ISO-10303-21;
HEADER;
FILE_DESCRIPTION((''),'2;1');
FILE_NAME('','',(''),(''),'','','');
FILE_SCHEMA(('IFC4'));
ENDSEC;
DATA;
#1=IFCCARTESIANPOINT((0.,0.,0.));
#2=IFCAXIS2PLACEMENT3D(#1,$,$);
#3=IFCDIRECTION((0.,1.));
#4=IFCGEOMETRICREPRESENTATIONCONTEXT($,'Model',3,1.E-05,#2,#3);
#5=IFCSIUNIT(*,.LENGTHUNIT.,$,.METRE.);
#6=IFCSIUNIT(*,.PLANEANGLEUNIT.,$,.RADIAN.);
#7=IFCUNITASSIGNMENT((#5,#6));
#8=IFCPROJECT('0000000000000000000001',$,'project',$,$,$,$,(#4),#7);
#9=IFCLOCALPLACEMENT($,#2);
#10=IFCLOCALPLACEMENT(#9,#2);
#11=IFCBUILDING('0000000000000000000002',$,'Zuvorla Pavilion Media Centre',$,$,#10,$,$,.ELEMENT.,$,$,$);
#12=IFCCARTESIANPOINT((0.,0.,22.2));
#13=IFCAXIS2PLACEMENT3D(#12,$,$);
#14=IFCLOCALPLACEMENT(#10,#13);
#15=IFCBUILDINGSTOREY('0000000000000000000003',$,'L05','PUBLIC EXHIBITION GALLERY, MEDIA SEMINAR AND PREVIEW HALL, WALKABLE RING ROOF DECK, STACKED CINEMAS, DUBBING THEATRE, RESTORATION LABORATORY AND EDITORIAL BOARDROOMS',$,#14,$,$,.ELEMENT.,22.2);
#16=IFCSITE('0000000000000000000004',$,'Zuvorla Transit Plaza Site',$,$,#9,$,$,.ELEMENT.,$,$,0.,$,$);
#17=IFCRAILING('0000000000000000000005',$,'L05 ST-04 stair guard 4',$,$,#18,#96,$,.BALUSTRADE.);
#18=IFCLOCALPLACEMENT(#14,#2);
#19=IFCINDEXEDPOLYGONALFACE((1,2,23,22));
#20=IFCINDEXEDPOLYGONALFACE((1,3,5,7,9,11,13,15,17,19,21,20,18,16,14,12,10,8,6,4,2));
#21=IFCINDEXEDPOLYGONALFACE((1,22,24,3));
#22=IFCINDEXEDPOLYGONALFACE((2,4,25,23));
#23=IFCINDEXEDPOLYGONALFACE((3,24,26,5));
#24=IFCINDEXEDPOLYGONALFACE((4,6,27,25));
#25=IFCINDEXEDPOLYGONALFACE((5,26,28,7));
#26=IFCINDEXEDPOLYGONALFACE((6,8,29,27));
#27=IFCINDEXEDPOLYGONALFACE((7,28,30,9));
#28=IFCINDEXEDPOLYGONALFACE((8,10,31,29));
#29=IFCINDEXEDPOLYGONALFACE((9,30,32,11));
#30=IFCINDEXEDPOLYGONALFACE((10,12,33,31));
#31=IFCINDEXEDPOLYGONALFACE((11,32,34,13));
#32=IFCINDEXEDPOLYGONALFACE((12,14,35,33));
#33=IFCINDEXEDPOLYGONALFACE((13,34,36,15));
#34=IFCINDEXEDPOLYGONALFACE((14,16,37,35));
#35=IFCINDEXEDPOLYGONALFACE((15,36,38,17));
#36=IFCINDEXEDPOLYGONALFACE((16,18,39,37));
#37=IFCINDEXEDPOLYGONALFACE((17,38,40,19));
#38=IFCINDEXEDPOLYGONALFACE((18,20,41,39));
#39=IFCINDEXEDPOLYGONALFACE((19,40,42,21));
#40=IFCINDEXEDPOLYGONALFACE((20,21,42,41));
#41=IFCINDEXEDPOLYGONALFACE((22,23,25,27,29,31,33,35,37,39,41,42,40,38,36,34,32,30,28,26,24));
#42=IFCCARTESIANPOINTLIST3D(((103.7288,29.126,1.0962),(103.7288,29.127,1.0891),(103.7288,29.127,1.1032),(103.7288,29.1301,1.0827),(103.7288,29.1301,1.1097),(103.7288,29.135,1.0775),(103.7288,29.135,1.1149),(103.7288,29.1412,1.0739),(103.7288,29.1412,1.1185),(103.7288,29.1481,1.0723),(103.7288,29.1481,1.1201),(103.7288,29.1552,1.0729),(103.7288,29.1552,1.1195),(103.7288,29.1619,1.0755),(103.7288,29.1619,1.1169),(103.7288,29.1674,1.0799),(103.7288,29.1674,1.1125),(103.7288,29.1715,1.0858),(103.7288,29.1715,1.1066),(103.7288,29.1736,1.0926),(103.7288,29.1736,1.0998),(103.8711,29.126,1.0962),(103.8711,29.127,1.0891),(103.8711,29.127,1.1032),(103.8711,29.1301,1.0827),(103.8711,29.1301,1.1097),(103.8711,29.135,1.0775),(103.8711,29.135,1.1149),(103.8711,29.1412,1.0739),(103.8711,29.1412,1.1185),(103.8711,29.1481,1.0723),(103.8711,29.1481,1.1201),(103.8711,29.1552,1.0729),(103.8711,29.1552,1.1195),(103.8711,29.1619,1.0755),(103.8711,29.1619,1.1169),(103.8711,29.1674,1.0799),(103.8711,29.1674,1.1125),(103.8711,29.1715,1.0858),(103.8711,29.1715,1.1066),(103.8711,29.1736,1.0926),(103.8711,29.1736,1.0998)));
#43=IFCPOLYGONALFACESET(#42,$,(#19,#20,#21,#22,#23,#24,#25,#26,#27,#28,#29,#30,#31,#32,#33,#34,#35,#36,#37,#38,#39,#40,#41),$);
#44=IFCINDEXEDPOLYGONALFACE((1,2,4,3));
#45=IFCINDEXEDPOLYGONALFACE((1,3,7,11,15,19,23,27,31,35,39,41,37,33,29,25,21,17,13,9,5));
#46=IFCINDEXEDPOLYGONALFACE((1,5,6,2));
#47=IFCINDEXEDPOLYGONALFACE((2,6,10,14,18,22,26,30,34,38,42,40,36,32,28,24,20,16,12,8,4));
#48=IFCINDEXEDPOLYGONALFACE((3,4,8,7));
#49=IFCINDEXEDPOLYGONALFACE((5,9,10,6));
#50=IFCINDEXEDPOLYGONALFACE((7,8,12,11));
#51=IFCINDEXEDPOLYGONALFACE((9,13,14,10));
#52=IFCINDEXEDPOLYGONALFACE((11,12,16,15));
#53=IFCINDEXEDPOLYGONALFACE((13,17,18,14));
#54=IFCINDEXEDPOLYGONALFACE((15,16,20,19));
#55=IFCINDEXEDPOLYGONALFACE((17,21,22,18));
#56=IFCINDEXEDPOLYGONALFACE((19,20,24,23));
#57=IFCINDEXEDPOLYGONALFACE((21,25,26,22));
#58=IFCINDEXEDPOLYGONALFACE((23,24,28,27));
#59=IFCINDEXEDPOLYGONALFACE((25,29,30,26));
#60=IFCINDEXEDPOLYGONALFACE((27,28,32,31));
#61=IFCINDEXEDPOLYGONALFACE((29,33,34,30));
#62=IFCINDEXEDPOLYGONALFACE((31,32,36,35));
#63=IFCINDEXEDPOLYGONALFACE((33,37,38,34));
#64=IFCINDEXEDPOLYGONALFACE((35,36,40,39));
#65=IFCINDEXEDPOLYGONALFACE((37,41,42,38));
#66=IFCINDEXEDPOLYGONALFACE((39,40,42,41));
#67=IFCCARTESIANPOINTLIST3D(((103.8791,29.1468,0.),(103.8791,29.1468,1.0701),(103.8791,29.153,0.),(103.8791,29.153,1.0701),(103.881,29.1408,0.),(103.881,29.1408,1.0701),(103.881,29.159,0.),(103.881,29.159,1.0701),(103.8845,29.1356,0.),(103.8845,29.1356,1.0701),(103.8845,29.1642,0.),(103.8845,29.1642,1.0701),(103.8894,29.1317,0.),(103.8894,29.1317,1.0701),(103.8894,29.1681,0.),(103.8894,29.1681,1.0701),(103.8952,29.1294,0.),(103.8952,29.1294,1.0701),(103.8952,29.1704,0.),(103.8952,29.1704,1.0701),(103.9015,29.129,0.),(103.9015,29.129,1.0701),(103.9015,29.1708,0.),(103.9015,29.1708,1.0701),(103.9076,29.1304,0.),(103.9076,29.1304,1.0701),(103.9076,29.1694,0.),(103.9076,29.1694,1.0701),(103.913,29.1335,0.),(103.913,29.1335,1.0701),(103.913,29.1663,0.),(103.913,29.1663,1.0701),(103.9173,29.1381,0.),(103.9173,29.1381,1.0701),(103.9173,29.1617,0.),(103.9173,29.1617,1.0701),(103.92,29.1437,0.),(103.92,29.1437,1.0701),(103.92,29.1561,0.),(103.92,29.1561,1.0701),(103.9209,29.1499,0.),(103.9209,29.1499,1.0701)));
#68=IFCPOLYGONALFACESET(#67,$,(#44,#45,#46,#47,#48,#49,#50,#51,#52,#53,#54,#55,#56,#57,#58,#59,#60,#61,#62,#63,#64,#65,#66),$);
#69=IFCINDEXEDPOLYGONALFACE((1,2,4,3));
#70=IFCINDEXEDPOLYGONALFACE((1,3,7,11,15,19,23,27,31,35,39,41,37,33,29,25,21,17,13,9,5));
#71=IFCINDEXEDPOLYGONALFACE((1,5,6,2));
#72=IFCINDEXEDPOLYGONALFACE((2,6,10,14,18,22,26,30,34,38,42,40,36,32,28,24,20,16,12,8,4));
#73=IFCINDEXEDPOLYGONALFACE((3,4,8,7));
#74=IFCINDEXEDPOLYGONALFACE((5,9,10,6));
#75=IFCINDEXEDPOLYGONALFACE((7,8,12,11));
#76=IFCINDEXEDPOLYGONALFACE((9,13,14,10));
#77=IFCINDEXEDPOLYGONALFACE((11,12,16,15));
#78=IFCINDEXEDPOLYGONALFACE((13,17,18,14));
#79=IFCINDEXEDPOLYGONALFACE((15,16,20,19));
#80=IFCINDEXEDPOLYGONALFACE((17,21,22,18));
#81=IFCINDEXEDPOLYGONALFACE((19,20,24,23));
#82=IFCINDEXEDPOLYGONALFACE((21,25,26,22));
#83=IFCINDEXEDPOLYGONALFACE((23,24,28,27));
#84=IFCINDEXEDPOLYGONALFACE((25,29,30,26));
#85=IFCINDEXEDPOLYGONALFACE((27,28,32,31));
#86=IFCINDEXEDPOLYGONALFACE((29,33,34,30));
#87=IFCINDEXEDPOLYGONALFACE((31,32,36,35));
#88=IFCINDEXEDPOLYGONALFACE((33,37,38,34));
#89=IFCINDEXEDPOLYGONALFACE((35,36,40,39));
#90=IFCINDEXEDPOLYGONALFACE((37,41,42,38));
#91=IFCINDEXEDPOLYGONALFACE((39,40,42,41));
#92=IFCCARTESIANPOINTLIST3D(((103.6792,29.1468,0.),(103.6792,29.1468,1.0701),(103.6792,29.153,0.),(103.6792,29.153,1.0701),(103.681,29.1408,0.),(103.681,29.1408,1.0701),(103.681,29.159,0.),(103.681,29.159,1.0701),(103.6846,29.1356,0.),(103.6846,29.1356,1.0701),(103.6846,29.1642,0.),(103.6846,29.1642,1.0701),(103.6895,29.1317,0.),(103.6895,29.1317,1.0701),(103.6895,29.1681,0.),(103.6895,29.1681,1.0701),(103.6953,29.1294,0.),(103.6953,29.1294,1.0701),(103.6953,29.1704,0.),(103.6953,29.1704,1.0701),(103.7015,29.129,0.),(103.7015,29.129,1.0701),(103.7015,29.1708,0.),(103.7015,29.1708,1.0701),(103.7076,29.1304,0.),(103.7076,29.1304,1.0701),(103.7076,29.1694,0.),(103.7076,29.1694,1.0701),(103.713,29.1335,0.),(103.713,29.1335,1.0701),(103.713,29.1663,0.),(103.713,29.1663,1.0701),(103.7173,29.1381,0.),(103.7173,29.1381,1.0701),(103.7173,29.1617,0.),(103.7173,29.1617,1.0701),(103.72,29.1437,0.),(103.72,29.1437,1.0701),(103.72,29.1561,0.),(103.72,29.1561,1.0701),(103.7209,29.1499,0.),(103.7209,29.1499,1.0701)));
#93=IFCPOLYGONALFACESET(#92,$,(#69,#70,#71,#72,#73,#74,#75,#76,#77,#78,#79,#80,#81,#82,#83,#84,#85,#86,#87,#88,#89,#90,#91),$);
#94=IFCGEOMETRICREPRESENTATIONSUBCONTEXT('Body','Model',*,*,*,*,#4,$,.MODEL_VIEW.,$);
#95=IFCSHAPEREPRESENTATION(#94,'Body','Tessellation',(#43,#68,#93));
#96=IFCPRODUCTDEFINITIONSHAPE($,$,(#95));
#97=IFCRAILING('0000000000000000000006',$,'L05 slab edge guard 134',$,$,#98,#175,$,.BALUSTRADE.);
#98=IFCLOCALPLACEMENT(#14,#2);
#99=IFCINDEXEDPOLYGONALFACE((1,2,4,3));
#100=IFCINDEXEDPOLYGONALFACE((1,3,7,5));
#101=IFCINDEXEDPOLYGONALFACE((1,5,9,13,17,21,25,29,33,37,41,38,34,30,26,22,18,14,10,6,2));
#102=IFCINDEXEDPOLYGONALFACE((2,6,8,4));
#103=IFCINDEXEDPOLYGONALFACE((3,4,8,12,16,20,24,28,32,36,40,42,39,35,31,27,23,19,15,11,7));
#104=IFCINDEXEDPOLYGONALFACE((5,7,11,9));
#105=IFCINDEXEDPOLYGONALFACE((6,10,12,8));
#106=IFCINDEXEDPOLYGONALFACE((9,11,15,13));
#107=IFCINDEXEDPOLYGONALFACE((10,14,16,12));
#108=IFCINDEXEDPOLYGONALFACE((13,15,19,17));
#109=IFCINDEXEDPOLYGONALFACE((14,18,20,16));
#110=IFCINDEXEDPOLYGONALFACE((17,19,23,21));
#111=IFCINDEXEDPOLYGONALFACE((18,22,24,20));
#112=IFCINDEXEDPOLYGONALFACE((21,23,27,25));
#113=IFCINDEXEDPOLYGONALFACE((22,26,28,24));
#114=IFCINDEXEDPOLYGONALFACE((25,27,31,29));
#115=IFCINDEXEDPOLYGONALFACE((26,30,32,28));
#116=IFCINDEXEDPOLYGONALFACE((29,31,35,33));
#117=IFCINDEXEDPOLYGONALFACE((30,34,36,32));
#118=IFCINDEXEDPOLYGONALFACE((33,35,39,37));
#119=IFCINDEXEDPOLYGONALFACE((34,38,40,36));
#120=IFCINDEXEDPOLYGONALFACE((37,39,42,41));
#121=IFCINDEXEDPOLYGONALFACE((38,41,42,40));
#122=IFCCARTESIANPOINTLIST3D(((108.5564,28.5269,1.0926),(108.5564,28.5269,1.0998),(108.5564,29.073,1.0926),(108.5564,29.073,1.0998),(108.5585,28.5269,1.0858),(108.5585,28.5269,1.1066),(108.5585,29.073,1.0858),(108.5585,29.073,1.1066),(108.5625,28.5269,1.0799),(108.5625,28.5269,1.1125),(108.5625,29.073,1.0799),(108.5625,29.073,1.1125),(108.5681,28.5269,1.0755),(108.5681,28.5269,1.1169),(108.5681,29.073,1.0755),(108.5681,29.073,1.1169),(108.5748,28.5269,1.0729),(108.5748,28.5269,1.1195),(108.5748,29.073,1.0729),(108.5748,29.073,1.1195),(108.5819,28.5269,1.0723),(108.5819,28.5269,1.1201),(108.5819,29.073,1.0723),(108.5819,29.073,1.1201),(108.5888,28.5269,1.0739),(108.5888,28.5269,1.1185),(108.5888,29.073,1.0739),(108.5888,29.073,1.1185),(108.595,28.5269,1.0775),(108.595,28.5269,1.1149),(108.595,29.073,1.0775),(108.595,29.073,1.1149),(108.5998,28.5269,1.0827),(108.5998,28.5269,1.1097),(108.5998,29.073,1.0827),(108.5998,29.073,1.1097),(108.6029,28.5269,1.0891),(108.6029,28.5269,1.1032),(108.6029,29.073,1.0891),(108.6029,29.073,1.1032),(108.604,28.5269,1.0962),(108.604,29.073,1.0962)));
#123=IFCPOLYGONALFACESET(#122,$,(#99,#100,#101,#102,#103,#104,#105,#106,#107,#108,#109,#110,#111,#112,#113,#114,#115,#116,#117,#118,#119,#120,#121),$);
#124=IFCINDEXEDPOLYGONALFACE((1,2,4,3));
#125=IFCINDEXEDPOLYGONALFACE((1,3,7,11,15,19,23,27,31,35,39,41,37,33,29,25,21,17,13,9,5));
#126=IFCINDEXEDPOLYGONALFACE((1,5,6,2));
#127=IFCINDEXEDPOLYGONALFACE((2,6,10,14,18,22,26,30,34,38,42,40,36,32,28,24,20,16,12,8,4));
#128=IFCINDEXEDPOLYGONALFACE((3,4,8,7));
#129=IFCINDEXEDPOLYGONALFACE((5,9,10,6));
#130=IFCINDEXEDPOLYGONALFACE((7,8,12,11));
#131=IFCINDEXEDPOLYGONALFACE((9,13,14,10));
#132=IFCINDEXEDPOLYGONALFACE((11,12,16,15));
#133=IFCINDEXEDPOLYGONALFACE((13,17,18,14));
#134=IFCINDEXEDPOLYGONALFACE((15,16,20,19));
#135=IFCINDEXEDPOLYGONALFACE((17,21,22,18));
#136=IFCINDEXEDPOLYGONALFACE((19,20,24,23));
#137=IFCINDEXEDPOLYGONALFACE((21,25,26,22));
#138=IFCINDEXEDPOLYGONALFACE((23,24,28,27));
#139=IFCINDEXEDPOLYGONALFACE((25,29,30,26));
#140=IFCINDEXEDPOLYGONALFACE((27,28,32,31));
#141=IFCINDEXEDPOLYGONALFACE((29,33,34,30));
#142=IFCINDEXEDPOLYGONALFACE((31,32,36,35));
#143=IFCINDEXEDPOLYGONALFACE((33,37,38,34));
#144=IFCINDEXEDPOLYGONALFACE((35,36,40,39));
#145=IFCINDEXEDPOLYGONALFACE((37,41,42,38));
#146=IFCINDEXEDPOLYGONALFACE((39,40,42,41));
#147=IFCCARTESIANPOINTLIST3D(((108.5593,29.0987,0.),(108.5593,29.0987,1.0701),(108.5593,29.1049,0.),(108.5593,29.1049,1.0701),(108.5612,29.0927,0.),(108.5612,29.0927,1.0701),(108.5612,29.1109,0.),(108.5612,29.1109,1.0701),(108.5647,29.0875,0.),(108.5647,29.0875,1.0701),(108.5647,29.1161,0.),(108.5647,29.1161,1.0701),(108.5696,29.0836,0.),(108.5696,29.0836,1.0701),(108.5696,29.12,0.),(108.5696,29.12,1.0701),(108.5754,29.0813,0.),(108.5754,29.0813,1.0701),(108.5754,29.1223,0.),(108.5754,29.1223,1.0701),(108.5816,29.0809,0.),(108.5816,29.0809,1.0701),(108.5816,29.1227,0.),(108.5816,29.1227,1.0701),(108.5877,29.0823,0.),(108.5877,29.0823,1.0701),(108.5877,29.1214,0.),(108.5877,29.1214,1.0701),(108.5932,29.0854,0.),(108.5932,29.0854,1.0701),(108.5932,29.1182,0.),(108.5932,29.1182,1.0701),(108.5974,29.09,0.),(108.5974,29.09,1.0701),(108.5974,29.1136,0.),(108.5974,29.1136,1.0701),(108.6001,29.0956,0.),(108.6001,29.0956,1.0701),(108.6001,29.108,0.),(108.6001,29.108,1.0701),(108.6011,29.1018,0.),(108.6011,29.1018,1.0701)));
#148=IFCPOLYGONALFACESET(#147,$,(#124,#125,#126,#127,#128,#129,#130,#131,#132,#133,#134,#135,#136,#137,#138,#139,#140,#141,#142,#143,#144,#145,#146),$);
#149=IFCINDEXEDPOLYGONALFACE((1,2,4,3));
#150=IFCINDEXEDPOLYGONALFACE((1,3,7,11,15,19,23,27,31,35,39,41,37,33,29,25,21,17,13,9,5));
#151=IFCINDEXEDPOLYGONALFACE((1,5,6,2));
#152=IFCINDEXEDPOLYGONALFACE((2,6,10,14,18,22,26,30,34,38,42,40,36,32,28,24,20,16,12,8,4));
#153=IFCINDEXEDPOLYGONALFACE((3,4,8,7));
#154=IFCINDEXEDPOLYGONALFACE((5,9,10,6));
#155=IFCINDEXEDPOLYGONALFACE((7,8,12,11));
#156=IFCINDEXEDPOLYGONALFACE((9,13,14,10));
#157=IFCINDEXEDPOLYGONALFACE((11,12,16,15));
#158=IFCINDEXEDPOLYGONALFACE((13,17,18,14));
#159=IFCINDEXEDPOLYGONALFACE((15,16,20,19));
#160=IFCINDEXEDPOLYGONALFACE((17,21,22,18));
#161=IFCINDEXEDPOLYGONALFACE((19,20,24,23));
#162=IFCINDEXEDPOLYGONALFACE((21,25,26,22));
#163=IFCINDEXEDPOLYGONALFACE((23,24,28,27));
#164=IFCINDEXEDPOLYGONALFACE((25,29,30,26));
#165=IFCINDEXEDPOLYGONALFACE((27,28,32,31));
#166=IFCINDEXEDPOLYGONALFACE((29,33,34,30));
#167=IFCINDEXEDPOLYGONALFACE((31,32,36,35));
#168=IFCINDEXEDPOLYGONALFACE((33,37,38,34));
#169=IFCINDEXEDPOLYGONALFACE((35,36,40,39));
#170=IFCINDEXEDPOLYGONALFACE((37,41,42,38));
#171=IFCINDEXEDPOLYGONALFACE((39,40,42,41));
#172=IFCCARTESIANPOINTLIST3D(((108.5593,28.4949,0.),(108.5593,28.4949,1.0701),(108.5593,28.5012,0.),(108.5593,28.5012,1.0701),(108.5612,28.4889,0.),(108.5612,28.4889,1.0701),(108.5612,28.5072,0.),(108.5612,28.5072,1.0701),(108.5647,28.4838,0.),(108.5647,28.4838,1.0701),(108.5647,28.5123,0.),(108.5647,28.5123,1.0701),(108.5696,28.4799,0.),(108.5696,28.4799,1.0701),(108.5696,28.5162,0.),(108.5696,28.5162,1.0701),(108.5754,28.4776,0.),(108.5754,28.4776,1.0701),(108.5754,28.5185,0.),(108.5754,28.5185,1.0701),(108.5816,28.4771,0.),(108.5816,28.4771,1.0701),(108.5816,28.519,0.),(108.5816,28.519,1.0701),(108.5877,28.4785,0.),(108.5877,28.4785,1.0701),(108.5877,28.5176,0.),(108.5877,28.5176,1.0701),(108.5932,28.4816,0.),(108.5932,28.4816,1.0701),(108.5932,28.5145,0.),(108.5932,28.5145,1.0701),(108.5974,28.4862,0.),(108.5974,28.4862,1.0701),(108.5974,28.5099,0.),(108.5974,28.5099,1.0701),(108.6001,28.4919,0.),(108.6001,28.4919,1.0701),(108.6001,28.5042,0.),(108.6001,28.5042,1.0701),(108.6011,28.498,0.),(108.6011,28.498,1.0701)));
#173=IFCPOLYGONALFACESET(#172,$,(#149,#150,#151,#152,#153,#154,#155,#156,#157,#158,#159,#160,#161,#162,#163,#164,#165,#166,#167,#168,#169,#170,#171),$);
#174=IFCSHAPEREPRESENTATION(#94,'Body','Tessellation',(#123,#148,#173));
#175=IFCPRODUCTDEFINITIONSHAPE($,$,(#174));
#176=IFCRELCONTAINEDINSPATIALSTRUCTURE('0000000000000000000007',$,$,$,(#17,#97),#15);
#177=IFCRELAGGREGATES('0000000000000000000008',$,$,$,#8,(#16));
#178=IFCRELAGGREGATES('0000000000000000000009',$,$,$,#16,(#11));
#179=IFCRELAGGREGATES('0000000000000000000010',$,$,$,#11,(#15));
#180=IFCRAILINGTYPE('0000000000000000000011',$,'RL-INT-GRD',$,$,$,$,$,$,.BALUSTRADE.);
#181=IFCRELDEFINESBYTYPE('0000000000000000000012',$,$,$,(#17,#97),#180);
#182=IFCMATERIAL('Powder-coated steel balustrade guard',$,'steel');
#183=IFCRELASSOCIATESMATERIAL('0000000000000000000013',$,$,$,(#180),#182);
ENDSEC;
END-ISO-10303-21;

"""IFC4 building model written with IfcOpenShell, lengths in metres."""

from ifc_helpers import new_model, si_unit, direction, frame, origin, origin_2d, place, context, subcontext, project, spatial, circle, extrude, material, type_object, element, save


model = new_model("IFC4")

# Units and contexts
model_context = context("Model", 3, precision=1e-05, world=origin(), true_north=direction((0.0, 1.0)))
body_context = subcontext(model_context, "Body", "Model", "MODEL_VIEW")
ifc_project = project(units=[si_unit("LENGTHUNIT", "METRE"), si_unit("PLANEANGLEUNIT", "RADIAN")], contexts=[model_context])

# Site, building, storey
site_placement = place(None, origin())
site = spatial("IfcSite", under=ifc_project, at=site_placement, Name="Zuvorla Transit Plaza Site", CompositionType="ELEMENT", RefElevation=0.0)
building_placement = place(site_placement, origin())
building = spatial("IfcBuilding", under=site, at=building_placement, Name="Zuvorla Pavilion Media Centre", CompositionType="ELEMENT")
storey_placement = place(building_placement, frame((0.0, 0.0, 22.2)))
storey = spatial("IfcBuildingStorey", under=building, at=storey_placement, Name="L05", Description="PUBLIC EXHIBITION GALLERY, MEDIA SEMINAR AND PREVIEW HALL, WALKABLE RING ROOF DECK, STACKED CINEMAS, DUBBING THEATRE, RESTORATION LABORATORY AND EDITORIAL BOARDROOMS", CompositionType="ELEMENT", Elevation=22.2)

# Railings
ifc_material_1 = material(Name="Powder-coated steel balustrade guard", Category="steel")
railing_type_1 = type_object("IfcRailingType", Name="RL-INT-GRD", PredefinedType="BALUSTRADE", material=ifc_material_1)
railing_1_placement = place(storey_placement, frame((103.8999, 29.1499, 0.0)))
element("IfcRailing", 1, at=railing_1_placement, inside=storey, type_object=railing_type_1, Name="L05 ST-04 stair guard 4", PredefinedType="BALUSTRADE", context=body_context, shape_type="SweptSolid", body=[
    extrude(circle(Radius=0.0239, at=origin_2d()), frame((-0.0288, 0.0, 1.0962), z_axis=(-1.0, 0.0, 0.0), x_axis=(0.0, -1.0, 0.0)), (0.0, 0.0, 1.0), 0.1423),
    extrude(circle(Radius=0.021, at=origin_2d()), origin(), (0.0, 0.0, 1.0), 1.0701),
    extrude(circle(Radius=0.021, at=origin_2d()), frame((-0.2, 0.0, 0.0)), (0.0, 0.0, 1.0), 1.0701),
])
railing_2_placement = place(storey_placement, frame((108.5801, 29.1018, 0.0)))
element("IfcRailing", 2, at=railing_2_placement, inside=storey, type_object=railing_type_1, Name="L05 slab edge guard 134", PredefinedType="BALUSTRADE", context=body_context, shape_type="SweptSolid", body=[
    extrude(circle(Radius=0.0239, at=origin_2d()), frame((0.0, -0.0288, 1.0962), z_axis=(0.0, -1.0, 0.0), x_axis=(1.0, 0.0, 0.0)), (0.0, 0.0, 1.0), 0.5461),
    extrude(circle(Radius=0.021, at=origin_2d()), origin(), (0.0, 0.0, 1.0), 1.0701),
    extrude(circle(Radius=0.021, at=origin_2d()), frame((0.0, -0.6038, 0.0)), (0.0, 0.0, 1.0), 1.0701),
])

save(model, "model.ifc")
